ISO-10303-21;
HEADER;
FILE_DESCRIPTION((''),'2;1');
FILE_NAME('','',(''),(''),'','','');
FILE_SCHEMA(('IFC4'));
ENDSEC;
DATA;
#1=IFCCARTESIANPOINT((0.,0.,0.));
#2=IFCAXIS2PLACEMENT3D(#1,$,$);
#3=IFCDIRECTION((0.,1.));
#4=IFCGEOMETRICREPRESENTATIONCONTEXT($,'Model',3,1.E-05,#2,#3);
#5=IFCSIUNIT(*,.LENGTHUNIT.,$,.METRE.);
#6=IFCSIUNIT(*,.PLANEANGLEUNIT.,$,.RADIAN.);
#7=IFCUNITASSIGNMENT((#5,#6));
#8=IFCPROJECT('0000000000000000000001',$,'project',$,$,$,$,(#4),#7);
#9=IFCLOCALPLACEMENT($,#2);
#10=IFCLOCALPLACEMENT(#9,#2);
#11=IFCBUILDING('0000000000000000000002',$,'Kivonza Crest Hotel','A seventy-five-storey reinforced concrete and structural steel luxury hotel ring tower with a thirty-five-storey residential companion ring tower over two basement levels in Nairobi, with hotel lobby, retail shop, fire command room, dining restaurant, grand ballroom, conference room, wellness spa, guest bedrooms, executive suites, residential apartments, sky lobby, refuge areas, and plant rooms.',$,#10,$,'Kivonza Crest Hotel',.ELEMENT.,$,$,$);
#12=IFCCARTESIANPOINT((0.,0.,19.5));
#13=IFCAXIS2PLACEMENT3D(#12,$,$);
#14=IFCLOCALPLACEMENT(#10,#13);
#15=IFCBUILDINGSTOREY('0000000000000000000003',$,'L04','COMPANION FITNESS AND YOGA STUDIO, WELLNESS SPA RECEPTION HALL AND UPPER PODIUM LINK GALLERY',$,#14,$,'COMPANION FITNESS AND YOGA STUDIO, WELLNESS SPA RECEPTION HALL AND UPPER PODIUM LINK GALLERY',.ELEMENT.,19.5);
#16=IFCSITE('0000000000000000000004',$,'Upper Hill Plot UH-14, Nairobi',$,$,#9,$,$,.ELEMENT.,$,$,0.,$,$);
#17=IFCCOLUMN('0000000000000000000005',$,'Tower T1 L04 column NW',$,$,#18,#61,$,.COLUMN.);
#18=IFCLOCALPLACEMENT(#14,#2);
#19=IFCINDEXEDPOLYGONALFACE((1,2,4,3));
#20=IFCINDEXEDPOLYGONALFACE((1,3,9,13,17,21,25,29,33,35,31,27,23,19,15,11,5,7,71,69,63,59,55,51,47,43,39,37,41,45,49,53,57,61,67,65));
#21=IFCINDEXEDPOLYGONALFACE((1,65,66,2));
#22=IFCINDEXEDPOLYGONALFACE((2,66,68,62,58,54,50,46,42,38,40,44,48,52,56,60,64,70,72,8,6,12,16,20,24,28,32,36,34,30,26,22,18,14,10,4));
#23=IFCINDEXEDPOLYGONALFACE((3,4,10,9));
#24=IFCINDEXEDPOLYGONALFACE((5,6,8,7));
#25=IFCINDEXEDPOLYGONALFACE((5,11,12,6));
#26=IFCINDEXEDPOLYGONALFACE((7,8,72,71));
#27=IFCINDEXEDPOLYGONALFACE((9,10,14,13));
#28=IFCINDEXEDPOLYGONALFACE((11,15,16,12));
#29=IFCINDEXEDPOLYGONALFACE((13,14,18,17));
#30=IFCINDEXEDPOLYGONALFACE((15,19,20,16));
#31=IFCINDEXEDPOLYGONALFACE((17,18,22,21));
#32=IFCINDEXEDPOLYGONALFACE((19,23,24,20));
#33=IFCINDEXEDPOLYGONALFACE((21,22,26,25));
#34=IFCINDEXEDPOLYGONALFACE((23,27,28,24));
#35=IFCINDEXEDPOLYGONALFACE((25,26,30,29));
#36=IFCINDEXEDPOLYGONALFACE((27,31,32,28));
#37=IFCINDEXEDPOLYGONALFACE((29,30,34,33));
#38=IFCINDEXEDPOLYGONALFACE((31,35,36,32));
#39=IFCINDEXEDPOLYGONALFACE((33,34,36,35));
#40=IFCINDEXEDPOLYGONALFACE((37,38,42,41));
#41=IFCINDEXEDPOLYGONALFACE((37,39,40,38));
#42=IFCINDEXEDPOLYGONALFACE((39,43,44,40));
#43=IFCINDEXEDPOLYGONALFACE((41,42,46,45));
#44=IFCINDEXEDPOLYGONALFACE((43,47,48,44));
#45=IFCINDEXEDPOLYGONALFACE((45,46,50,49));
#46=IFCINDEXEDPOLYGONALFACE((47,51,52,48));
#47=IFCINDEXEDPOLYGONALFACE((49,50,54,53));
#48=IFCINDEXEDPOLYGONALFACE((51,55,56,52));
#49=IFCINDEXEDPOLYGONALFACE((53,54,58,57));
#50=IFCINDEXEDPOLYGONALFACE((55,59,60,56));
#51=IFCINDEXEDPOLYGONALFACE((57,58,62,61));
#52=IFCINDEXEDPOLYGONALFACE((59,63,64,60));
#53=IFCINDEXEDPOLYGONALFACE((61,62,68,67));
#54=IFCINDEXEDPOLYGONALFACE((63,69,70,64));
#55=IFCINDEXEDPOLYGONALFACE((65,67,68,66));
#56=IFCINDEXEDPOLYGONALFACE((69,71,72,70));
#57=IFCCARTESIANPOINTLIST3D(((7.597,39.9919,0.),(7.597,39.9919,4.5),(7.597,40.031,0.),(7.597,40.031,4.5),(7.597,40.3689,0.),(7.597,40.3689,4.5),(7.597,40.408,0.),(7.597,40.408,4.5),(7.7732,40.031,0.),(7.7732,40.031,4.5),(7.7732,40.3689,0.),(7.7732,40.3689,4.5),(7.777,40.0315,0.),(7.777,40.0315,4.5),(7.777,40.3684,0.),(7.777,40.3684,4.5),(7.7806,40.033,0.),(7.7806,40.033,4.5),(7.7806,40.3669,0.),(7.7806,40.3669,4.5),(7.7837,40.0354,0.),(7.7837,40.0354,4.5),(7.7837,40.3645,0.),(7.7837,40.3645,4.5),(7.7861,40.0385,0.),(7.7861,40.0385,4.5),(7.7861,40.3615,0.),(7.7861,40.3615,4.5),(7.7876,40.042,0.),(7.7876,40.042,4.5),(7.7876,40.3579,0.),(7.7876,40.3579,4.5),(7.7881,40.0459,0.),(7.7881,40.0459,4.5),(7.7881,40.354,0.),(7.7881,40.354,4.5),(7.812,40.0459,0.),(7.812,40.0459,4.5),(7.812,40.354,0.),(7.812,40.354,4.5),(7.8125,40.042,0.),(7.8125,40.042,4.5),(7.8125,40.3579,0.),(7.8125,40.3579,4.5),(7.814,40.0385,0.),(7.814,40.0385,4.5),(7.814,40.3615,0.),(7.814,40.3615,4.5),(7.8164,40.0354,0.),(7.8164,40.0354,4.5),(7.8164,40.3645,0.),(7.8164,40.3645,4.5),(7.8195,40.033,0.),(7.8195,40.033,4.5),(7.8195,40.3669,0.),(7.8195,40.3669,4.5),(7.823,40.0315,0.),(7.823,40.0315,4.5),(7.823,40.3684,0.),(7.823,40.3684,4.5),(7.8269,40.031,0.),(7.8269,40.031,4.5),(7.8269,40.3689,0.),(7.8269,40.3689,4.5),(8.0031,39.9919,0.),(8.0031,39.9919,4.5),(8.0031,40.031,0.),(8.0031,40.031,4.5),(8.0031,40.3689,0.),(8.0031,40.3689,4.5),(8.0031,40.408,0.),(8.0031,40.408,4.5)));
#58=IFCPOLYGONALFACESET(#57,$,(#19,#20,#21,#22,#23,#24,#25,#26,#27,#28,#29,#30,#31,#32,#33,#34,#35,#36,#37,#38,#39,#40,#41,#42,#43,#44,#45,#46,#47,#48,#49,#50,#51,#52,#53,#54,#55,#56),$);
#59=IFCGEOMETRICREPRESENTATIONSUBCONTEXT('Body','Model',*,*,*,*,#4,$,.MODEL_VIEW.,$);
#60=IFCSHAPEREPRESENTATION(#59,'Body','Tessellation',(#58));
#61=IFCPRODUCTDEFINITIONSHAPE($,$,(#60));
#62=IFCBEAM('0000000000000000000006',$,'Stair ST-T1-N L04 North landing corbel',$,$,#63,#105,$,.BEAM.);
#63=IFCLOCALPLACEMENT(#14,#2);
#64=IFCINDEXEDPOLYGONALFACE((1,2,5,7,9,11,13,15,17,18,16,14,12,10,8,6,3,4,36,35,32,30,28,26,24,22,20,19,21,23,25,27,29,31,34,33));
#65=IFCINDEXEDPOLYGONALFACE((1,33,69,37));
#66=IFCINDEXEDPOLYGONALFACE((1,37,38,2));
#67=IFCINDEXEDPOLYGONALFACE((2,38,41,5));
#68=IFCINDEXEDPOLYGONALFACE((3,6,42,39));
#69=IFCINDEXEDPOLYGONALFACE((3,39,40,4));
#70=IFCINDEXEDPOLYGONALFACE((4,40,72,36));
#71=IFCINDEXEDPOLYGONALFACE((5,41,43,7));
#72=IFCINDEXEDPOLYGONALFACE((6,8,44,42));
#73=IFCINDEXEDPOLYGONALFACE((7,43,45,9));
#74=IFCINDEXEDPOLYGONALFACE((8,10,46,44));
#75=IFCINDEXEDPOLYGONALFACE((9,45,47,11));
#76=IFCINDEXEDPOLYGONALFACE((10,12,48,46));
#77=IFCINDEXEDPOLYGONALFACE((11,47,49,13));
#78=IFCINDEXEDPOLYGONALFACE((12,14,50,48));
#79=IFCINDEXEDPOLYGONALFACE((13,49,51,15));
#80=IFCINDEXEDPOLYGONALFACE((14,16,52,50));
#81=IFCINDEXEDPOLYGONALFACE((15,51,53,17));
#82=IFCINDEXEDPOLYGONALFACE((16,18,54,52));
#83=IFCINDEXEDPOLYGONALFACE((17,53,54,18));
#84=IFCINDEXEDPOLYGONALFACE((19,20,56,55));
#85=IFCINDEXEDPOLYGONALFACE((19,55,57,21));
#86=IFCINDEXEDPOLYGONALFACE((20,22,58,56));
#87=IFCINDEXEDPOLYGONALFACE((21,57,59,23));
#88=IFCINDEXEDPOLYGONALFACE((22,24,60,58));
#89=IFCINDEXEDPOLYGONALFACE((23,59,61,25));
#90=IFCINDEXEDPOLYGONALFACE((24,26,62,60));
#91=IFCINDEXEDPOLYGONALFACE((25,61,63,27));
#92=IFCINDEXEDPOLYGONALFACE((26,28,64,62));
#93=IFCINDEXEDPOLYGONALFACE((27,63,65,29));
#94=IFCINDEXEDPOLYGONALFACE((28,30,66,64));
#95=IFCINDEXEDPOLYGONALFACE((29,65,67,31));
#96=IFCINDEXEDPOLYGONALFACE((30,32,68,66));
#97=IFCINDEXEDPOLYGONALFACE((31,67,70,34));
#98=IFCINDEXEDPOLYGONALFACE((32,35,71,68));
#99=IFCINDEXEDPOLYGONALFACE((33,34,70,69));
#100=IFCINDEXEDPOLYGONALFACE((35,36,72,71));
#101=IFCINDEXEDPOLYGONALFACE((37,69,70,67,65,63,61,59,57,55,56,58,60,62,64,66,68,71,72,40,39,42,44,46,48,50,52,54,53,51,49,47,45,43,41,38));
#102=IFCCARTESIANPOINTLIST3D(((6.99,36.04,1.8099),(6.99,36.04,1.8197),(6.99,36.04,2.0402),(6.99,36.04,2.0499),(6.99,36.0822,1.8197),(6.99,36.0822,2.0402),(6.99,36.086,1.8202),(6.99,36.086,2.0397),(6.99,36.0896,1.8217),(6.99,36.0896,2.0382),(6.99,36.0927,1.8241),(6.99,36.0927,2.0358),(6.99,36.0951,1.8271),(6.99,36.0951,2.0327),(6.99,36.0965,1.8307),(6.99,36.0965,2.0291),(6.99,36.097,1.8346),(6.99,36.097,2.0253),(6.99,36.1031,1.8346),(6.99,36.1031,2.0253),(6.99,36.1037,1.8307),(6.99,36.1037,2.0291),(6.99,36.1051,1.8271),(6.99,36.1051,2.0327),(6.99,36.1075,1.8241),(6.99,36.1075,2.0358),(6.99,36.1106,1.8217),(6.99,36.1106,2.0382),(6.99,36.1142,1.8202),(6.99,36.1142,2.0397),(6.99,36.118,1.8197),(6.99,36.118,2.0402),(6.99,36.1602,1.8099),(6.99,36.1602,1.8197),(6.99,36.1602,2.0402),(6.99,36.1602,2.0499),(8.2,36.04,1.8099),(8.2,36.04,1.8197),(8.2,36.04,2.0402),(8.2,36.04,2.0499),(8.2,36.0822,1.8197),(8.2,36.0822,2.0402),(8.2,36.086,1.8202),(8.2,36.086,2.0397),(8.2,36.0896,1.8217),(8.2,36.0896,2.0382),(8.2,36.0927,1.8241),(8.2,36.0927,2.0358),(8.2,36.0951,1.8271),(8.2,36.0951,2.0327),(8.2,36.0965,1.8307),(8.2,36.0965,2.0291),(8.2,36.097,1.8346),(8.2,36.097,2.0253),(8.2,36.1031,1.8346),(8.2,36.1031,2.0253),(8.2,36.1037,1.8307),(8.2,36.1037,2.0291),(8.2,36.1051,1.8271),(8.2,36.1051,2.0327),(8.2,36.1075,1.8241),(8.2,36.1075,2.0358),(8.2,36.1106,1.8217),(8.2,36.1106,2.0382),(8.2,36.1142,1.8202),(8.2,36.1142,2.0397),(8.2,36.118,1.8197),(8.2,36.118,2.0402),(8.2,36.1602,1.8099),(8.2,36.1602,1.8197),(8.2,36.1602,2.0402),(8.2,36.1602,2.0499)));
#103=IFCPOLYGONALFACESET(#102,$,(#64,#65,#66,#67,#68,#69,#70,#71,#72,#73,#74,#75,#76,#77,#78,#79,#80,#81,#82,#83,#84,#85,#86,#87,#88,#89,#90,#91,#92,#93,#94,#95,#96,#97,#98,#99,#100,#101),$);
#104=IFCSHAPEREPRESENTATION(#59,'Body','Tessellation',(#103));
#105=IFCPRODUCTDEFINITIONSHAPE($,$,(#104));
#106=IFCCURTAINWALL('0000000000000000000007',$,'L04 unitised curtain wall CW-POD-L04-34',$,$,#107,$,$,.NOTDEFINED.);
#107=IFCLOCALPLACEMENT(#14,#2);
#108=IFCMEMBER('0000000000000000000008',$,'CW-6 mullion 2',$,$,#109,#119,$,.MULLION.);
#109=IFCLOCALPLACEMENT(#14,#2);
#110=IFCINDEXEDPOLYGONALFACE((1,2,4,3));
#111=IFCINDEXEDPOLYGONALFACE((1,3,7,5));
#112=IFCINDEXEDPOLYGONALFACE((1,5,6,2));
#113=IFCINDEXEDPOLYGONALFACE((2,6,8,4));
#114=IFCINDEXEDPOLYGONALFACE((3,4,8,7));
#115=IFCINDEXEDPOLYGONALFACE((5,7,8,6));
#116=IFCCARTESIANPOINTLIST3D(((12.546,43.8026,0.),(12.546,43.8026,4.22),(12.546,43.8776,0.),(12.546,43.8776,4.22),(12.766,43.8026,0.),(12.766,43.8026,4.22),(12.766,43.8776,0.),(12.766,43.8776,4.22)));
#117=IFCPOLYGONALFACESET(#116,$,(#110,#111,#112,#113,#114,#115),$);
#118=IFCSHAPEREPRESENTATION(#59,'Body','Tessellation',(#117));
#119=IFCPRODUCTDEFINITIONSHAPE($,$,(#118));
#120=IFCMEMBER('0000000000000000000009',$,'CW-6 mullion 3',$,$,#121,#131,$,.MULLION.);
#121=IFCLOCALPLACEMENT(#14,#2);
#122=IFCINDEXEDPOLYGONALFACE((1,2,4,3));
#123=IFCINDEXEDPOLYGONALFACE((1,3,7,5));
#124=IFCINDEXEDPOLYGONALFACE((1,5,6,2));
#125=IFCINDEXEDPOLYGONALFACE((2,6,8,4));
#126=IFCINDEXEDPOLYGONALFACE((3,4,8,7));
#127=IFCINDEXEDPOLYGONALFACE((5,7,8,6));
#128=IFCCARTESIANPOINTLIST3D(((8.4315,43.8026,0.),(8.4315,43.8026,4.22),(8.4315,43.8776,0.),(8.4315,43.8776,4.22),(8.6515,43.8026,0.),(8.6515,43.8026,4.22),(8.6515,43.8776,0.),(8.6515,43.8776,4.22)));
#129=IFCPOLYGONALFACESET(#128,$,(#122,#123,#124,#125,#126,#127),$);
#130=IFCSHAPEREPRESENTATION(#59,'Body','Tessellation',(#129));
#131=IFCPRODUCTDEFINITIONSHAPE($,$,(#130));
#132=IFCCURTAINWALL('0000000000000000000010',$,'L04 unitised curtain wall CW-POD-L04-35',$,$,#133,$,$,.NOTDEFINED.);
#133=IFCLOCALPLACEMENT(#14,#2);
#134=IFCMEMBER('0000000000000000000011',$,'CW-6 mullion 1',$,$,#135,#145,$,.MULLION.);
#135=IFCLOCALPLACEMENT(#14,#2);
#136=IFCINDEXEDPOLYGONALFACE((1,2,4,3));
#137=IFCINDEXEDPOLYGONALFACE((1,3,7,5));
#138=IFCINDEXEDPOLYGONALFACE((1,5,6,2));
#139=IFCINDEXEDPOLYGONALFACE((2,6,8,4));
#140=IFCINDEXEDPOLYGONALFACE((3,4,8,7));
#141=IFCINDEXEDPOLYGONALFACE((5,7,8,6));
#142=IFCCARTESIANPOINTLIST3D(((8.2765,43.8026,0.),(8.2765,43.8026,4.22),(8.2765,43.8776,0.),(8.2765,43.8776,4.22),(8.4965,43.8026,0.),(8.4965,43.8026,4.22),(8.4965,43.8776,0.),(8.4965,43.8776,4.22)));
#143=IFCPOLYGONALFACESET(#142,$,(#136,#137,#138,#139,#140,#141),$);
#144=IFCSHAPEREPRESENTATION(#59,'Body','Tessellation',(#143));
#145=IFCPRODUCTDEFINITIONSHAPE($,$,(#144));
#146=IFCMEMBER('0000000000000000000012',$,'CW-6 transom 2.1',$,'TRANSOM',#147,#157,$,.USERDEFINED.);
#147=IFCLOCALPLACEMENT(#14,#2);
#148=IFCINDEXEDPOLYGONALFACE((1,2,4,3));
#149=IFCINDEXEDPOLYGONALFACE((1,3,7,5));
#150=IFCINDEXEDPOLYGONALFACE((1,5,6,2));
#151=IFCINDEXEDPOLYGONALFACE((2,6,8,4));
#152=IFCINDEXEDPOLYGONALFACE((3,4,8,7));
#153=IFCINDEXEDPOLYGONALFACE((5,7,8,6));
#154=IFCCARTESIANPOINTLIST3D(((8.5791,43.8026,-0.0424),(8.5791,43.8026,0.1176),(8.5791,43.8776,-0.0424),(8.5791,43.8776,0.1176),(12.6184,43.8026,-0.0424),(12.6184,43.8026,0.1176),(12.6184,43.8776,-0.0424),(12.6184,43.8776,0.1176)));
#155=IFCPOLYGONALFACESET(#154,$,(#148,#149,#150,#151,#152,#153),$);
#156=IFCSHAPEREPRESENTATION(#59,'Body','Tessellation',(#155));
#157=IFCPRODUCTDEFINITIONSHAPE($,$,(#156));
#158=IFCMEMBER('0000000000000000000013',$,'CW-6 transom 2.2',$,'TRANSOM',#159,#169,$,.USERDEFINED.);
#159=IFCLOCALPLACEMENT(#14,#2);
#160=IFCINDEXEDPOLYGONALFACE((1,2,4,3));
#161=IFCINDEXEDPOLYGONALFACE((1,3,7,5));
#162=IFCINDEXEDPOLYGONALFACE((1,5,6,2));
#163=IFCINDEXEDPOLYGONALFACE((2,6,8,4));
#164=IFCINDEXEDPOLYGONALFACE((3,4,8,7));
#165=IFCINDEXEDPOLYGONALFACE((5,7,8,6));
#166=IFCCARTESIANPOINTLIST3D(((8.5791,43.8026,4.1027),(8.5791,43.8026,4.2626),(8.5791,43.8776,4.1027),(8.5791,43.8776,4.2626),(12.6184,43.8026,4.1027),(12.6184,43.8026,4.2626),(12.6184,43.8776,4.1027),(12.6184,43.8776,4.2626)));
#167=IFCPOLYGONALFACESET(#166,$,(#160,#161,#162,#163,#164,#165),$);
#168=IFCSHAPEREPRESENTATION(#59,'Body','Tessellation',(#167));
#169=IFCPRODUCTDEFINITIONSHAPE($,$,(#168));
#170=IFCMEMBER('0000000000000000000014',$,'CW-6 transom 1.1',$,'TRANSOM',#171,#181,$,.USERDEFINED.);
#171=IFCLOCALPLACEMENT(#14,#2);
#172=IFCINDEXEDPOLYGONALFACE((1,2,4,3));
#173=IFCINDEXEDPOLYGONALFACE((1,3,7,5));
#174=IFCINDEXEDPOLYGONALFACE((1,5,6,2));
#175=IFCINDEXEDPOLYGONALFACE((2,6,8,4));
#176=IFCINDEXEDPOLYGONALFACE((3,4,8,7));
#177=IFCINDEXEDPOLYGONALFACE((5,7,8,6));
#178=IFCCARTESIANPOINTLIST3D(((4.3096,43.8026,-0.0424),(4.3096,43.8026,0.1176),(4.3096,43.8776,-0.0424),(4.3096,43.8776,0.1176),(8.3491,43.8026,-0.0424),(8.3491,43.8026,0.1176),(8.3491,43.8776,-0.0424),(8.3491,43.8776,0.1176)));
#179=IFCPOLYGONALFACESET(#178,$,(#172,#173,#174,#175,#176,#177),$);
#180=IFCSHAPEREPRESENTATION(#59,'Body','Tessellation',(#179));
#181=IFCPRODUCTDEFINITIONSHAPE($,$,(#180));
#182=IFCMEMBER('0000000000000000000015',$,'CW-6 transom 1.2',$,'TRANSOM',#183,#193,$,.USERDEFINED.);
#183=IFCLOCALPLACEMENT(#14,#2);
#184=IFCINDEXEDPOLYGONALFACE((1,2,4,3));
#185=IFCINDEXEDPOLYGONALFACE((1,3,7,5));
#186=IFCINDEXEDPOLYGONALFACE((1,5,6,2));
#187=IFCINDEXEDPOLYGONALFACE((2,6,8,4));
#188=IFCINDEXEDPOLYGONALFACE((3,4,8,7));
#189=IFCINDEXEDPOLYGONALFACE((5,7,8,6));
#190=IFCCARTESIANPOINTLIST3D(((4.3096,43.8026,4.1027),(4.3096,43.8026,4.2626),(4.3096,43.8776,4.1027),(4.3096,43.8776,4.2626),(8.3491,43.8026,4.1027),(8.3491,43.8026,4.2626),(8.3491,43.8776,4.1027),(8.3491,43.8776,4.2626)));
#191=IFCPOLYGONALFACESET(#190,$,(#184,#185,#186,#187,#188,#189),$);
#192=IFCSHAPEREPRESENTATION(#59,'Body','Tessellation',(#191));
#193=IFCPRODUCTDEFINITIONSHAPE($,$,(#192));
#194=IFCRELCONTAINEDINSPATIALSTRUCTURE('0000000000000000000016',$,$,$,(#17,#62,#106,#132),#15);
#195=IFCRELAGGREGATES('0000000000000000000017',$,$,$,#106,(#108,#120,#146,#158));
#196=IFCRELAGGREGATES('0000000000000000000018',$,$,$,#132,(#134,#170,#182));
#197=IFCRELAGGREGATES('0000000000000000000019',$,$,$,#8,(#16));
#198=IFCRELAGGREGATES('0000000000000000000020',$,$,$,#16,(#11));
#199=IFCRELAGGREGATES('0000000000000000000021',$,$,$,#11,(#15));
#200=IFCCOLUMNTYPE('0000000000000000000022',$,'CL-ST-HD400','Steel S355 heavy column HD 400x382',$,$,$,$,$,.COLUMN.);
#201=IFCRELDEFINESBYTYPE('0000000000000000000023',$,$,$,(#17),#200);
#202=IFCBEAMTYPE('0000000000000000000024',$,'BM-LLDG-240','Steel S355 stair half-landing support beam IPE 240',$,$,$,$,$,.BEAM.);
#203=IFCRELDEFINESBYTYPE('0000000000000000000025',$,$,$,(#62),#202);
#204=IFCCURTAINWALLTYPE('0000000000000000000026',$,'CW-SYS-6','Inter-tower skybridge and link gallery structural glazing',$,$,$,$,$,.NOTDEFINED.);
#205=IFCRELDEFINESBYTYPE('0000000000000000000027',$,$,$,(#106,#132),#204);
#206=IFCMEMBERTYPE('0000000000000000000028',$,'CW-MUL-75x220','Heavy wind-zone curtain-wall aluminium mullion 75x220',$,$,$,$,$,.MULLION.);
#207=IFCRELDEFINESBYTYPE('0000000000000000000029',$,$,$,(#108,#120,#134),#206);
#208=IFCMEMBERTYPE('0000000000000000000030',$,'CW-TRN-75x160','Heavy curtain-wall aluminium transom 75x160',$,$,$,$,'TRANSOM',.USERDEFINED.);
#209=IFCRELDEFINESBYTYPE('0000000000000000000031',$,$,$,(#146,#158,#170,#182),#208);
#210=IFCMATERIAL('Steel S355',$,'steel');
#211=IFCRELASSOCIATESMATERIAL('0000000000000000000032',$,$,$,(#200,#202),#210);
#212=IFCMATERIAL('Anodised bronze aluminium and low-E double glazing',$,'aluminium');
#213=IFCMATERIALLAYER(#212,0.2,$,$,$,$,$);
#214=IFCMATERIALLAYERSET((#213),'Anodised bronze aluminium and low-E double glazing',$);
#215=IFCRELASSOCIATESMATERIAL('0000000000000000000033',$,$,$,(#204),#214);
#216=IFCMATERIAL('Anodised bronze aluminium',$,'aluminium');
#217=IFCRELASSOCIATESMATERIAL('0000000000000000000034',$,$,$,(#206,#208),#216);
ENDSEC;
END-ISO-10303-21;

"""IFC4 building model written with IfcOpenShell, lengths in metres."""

from ifc_helpers import new_model, si_unit, direction, frame, origin, origin_2d, place, context, subcontext, project, spatial, rectangle, i_section, extrude, material, layer, layer_set, material_profile, profile_set, type_object, element, aggregate, save


model = new_model("IFC4")

# Units and contexts
model_context = context("Model", 3, precision=1e-05, world=origin(), true_north=direction((0.0, 1.0)))
body_context = subcontext(model_context, "Body", "Model", "MODEL_VIEW")
ifc_project = project(units=[si_unit("LENGTHUNIT", "METRE"), si_unit("PLANEANGLEUNIT", "RADIAN")], contexts=[model_context])

# Site, building, storey
site_placement = place(None, origin())
site = spatial("IfcSite", under=ifc_project, at=site_placement, Name="Upper Hill Plot UH-14, Nairobi", CompositionType="ELEMENT", RefElevation=0.0)
building_placement = place(site_placement, origin())
building = spatial("IfcBuilding", under=site, at=building_placement, Name="Kivonza Crest Hotel", Description="A seventy-five-storey reinforced concrete and structural steel luxury hotel ring tower with a thirty-five-storey residential companion ring tower over two basement levels in Nairobi, with hotel lobby, retail shop, fire command room, dining restaurant, grand ballroom, conference room, wellness spa, guest bedrooms, executive suites, residential apartments, sky lobby, refuge areas, and plant rooms.", LongName="Kivonza Crest Hotel", CompositionType="ELEMENT")
storey_placement = place(building_placement, frame((0.0, 0.0, 19.5)))
storey = spatial("IfcBuildingStorey", under=building, at=storey_placement, Name="L04", Description="COMPANION FITNESS AND YOGA STUDIO, WELLNESS SPA RECEPTION HALL AND UPPER PODIUM LINK GALLERY", LongName="COMPANION FITNESS AND YOGA STUDIO, WELLNESS SPA RECEPTION HALL AND UPPER PODIUM LINK GALLERY", CompositionType="ELEMENT", Elevation=19.5)

# Column
ifc_material_1 = material(Name="Steel S355", Category="steel")
ifc_material_profile_1 = material_profile(ifc_material_1, i_section(OverallWidth=0.406, OverallDepth=0.416, WebThickness=0.0239, FlangeThickness=0.0391, FilletRadius=0.0149, at=origin_2d()), Name="HD 400x382")
ifc_profile_set_1 = profile_set([ifc_material_profile_1], Name="Steel S355")
column_type = type_object("IfcColumnType", Name="CL-ST-HD400", Description="Steel S355 heavy column HD 400x382", PredefinedType="COLUMN", material=ifc_profile_set_1)
column_placement = place(storey_placement, frame((7.8, 40.2, 0.0), z_axis=(0.0, 0.0, 1.0), x_axis=(1.0, 0.0, 0.0)))
element("IfcColumn", 1, at=column_placement, inside=storey, type_object=column_type, Name="Tower T1 L04 column NW", PredefinedType="COLUMN", context=body_context, shape_type="SweptSolid", body=[
    extrude(i_section(OverallWidth=0.406, OverallDepth=0.416, WebThickness=0.0239, FlangeThickness=0.0391, FilletRadius=0.0149, at=origin_2d()), origin(), (0.0, 0.0, 1.0), 4.5),
])

# Beam
ifc_material_profile_2 = material_profile(ifc_material_1, i_section(OverallWidth=0.1201, OverallDepth=0.24, WebThickness=0.0061, FlangeThickness=0.0098, FilletRadius=0.0149, at=origin_2d()), Name="IPE 240")
ifc_profile_set_2 = profile_set([ifc_material_profile_2], Name="Steel S355")
beam_type = type_object("IfcBeamType", Name="BM-LLDG-240", Description="Steel S355 stair half-landing support beam IPE 240", PredefinedType="BEAM", material=ifc_profile_set_2)
beam_placement = place(storey_placement, frame((6.99, 36.1001, 1.9299), z_axis=(1.0, 0.0, 0.0), x_axis=(0.0, 1.0, 0.0)))
element("IfcBeam", 2, at=beam_placement, inside=storey, type_object=beam_type, Name="Stair ST-T1-N L04 North landing corbel", PredefinedType="BEAM", context=body_context, shape_type="SweptSolid", body=[
    extrude(i_section(OverallWidth=0.1201, OverallDepth=0.24, WebThickness=0.0061, FlangeThickness=0.0098, FilletRadius=0.0149, at=origin_2d()), origin(), (0.0, 0.0, 1.0), 1.21),
])

# Curtain wall, members
ifc_material_2 = material(Name="Anodised bronze aluminium and low-E double glazing", Category="aluminium")
ifc_layer_1 = layer(ifc_material_2, 0.2)
ifc_layer_set_1 = layer_set([ifc_layer_1], Name="Anodised bronze aluminium and low-E double glazing")
curtain_wall_type = type_object("IfcCurtainWallType", Name="CW-SYS-6", Description="Inter-tower skybridge and link gallery structural glazing", PredefinedType="NOTDEFINED", material=ifc_layer_set_1)
curtain_wall_1_placement = place(storey_placement, origin())
curtain_wall_1 = element("IfcCurtainWall", 3, at=curtain_wall_1_placement, inside=storey, type_object=curtain_wall_type, Name="L04 unitised curtain wall CW-POD-L04-34", PredefinedType="NOTDEFINED")
ifc_material_3 = material(Name="Anodised bronze aluminium", Category="aluminium")
ifc_material_profile_3 = material_profile(ifc_material_3, rectangle(XDim=0.075, YDim=0.22, at=origin_2d()), Name="CW-M 75x220")
ifc_profile_set_3 = profile_set([ifc_material_profile_3], Name="Anodised bronze aluminium")
member_type_1 = type_object("IfcMemberType", Name="CW-MUL-75x220", Description="Heavy wind-zone curtain-wall aluminium mullion 75x220", PredefinedType="MULLION", material=ifc_profile_set_3)
member_1_placement = place(storey_placement, frame((12.656, 43.8401, 0.0), z_axis=(0.0, 0.0, 1.0), x_axis=(0.0, -1.0, 0.0)))
member_1 = element("IfcMember", 4, at=member_1_placement, type_object=member_type_1, Name="CW-6 mullion 2", PredefinedType="MULLION", context=body_context, shape_type="SweptSolid", body=[
    extrude(rectangle(XDim=0.075, YDim=0.22, at=origin_2d()), origin(), (0.0, 0.0, 1.0), 4.22),
])
member_2_placement = place(storey_placement, frame((8.5415, 43.8401, 0.0), z_axis=(0.0, 0.0, 1.0), x_axis=(0.0, -1.0, 0.0)))
member_2 = element("IfcMember", 5, at=member_2_placement, type_object=member_type_1, Name="CW-6 mullion 3", PredefinedType="MULLION", context=body_context, shape_type="SweptSolid", body=[
    extrude(rectangle(XDim=0.075, YDim=0.22, at=origin_2d()), origin(), (0.0, 0.0, 1.0), 4.22),
])

# Curtain wall, member
curtain_wall_2_placement = place(storey_placement, origin())
curtain_wall_2 = element("IfcCurtainWall", 6, at=curtain_wall_2_placement, inside=storey, type_object=curtain_wall_type, Name="L04 unitised curtain wall CW-POD-L04-35", PredefinedType="NOTDEFINED")
member_3_placement = place(storey_placement, frame((8.3865, 43.8401, 0.0), z_axis=(0.0, 0.0, 1.0), x_axis=(0.0, -1.0, 0.0)))
member_3 = element("IfcMember", 7, at=member_3_placement, type_object=member_type_1, Name="CW-6 mullion 1", PredefinedType="MULLION", context=body_context, shape_type="SweptSolid", body=[
    extrude(rectangle(XDim=0.075, YDim=0.22, at=origin_2d()), origin(), (0.0, 0.0, 1.0), 4.22),
])

# Members
ifc_material_profile_4 = material_profile(ifc_material_3, rectangle(XDim=0.075, YDim=0.1599, at=origin_2d()), Name="CW-T 75x160")
ifc_profile_set_4 = profile_set([ifc_material_profile_4], Name="Anodised bronze aluminium")
member_type_2 = type_object("IfcMemberType", Name="CW-TRN-75x160", Description="Heavy curtain-wall aluminium transom 75x160", ElementType="TRANSOM", PredefinedType="USERDEFINED", material=ifc_profile_set_4)
member_4_placement = place(storey_placement, frame((12.6184, 43.8401, 0.0376), z_axis=(-1.0, 0.0, 0.0), x_axis=(0.0, -1.0, 0.0)))
member_4 = element("IfcMember", 8, at=member_4_placement, type_object=member_type_2, Name="CW-6 transom 2.1", ObjectType="TRANSOM", PredefinedType="USERDEFINED", context=body_context, shape_type="SweptSolid", body=[
    extrude(rectangle(XDim=0.075, YDim=0.1599, at=origin_2d()), origin(), (0.0, 0.0, 1.0), 4.0393),
])
member_5_placement = place(storey_placement, frame((12.6184, 43.8401, 4.1826), z_axis=(-1.0, 0.0, 0.0), x_axis=(0.0, -1.0, 0.0)))
member_5 = element("IfcMember", 9, at=member_5_placement, type_object=member_type_2, Name="CW-6 transom 2.2", ObjectType="TRANSOM", PredefinedType="USERDEFINED", context=body_context, shape_type="SweptSolid", body=[
    extrude(rectangle(XDim=0.075, YDim=0.1599, at=origin_2d()), origin(), (0.0, 0.0, 1.0), 4.0393),
])
member_6_placement = place(storey_placement, frame((8.3491, 43.8401, 0.0376), z_axis=(-1.0, 0.0, 0.0), x_axis=(0.0, -1.0, 0.0)))
member_6 = element("IfcMember", 10, at=member_6_placement, type_object=member_type_2, Name="CW-6 transom 1.1", ObjectType="TRANSOM", PredefinedType="USERDEFINED", context=body_context, shape_type="SweptSolid", body=[
    extrude(rectangle(XDim=0.075, YDim=0.1599, at=origin_2d()), origin(), (0.0, 0.0, 1.0), 4.0396),
])
member_7_placement = place(storey_placement, frame((8.3491, 43.8401, 4.1826), z_axis=(-1.0, 0.0, 0.0), x_axis=(0.0, -1.0, 0.0)))
member_7 = element("IfcMember", 11, at=member_7_placement, type_object=member_type_2, Name="CW-6 transom 1.2", ObjectType="TRANSOM", PredefinedType="USERDEFINED", context=body_context, shape_type="SweptSolid", body=[
    extrude(rectangle(XDim=0.075, YDim=0.1599, at=origin_2d()), origin(), (0.0, 0.0, 1.0), 4.0396),
])

aggregate(curtain_wall_1, [member_1, member_2, member_4, member_5])
aggregate(curtain_wall_2, [member_3, member_6, member_7])

save(model, "model.ifc")
